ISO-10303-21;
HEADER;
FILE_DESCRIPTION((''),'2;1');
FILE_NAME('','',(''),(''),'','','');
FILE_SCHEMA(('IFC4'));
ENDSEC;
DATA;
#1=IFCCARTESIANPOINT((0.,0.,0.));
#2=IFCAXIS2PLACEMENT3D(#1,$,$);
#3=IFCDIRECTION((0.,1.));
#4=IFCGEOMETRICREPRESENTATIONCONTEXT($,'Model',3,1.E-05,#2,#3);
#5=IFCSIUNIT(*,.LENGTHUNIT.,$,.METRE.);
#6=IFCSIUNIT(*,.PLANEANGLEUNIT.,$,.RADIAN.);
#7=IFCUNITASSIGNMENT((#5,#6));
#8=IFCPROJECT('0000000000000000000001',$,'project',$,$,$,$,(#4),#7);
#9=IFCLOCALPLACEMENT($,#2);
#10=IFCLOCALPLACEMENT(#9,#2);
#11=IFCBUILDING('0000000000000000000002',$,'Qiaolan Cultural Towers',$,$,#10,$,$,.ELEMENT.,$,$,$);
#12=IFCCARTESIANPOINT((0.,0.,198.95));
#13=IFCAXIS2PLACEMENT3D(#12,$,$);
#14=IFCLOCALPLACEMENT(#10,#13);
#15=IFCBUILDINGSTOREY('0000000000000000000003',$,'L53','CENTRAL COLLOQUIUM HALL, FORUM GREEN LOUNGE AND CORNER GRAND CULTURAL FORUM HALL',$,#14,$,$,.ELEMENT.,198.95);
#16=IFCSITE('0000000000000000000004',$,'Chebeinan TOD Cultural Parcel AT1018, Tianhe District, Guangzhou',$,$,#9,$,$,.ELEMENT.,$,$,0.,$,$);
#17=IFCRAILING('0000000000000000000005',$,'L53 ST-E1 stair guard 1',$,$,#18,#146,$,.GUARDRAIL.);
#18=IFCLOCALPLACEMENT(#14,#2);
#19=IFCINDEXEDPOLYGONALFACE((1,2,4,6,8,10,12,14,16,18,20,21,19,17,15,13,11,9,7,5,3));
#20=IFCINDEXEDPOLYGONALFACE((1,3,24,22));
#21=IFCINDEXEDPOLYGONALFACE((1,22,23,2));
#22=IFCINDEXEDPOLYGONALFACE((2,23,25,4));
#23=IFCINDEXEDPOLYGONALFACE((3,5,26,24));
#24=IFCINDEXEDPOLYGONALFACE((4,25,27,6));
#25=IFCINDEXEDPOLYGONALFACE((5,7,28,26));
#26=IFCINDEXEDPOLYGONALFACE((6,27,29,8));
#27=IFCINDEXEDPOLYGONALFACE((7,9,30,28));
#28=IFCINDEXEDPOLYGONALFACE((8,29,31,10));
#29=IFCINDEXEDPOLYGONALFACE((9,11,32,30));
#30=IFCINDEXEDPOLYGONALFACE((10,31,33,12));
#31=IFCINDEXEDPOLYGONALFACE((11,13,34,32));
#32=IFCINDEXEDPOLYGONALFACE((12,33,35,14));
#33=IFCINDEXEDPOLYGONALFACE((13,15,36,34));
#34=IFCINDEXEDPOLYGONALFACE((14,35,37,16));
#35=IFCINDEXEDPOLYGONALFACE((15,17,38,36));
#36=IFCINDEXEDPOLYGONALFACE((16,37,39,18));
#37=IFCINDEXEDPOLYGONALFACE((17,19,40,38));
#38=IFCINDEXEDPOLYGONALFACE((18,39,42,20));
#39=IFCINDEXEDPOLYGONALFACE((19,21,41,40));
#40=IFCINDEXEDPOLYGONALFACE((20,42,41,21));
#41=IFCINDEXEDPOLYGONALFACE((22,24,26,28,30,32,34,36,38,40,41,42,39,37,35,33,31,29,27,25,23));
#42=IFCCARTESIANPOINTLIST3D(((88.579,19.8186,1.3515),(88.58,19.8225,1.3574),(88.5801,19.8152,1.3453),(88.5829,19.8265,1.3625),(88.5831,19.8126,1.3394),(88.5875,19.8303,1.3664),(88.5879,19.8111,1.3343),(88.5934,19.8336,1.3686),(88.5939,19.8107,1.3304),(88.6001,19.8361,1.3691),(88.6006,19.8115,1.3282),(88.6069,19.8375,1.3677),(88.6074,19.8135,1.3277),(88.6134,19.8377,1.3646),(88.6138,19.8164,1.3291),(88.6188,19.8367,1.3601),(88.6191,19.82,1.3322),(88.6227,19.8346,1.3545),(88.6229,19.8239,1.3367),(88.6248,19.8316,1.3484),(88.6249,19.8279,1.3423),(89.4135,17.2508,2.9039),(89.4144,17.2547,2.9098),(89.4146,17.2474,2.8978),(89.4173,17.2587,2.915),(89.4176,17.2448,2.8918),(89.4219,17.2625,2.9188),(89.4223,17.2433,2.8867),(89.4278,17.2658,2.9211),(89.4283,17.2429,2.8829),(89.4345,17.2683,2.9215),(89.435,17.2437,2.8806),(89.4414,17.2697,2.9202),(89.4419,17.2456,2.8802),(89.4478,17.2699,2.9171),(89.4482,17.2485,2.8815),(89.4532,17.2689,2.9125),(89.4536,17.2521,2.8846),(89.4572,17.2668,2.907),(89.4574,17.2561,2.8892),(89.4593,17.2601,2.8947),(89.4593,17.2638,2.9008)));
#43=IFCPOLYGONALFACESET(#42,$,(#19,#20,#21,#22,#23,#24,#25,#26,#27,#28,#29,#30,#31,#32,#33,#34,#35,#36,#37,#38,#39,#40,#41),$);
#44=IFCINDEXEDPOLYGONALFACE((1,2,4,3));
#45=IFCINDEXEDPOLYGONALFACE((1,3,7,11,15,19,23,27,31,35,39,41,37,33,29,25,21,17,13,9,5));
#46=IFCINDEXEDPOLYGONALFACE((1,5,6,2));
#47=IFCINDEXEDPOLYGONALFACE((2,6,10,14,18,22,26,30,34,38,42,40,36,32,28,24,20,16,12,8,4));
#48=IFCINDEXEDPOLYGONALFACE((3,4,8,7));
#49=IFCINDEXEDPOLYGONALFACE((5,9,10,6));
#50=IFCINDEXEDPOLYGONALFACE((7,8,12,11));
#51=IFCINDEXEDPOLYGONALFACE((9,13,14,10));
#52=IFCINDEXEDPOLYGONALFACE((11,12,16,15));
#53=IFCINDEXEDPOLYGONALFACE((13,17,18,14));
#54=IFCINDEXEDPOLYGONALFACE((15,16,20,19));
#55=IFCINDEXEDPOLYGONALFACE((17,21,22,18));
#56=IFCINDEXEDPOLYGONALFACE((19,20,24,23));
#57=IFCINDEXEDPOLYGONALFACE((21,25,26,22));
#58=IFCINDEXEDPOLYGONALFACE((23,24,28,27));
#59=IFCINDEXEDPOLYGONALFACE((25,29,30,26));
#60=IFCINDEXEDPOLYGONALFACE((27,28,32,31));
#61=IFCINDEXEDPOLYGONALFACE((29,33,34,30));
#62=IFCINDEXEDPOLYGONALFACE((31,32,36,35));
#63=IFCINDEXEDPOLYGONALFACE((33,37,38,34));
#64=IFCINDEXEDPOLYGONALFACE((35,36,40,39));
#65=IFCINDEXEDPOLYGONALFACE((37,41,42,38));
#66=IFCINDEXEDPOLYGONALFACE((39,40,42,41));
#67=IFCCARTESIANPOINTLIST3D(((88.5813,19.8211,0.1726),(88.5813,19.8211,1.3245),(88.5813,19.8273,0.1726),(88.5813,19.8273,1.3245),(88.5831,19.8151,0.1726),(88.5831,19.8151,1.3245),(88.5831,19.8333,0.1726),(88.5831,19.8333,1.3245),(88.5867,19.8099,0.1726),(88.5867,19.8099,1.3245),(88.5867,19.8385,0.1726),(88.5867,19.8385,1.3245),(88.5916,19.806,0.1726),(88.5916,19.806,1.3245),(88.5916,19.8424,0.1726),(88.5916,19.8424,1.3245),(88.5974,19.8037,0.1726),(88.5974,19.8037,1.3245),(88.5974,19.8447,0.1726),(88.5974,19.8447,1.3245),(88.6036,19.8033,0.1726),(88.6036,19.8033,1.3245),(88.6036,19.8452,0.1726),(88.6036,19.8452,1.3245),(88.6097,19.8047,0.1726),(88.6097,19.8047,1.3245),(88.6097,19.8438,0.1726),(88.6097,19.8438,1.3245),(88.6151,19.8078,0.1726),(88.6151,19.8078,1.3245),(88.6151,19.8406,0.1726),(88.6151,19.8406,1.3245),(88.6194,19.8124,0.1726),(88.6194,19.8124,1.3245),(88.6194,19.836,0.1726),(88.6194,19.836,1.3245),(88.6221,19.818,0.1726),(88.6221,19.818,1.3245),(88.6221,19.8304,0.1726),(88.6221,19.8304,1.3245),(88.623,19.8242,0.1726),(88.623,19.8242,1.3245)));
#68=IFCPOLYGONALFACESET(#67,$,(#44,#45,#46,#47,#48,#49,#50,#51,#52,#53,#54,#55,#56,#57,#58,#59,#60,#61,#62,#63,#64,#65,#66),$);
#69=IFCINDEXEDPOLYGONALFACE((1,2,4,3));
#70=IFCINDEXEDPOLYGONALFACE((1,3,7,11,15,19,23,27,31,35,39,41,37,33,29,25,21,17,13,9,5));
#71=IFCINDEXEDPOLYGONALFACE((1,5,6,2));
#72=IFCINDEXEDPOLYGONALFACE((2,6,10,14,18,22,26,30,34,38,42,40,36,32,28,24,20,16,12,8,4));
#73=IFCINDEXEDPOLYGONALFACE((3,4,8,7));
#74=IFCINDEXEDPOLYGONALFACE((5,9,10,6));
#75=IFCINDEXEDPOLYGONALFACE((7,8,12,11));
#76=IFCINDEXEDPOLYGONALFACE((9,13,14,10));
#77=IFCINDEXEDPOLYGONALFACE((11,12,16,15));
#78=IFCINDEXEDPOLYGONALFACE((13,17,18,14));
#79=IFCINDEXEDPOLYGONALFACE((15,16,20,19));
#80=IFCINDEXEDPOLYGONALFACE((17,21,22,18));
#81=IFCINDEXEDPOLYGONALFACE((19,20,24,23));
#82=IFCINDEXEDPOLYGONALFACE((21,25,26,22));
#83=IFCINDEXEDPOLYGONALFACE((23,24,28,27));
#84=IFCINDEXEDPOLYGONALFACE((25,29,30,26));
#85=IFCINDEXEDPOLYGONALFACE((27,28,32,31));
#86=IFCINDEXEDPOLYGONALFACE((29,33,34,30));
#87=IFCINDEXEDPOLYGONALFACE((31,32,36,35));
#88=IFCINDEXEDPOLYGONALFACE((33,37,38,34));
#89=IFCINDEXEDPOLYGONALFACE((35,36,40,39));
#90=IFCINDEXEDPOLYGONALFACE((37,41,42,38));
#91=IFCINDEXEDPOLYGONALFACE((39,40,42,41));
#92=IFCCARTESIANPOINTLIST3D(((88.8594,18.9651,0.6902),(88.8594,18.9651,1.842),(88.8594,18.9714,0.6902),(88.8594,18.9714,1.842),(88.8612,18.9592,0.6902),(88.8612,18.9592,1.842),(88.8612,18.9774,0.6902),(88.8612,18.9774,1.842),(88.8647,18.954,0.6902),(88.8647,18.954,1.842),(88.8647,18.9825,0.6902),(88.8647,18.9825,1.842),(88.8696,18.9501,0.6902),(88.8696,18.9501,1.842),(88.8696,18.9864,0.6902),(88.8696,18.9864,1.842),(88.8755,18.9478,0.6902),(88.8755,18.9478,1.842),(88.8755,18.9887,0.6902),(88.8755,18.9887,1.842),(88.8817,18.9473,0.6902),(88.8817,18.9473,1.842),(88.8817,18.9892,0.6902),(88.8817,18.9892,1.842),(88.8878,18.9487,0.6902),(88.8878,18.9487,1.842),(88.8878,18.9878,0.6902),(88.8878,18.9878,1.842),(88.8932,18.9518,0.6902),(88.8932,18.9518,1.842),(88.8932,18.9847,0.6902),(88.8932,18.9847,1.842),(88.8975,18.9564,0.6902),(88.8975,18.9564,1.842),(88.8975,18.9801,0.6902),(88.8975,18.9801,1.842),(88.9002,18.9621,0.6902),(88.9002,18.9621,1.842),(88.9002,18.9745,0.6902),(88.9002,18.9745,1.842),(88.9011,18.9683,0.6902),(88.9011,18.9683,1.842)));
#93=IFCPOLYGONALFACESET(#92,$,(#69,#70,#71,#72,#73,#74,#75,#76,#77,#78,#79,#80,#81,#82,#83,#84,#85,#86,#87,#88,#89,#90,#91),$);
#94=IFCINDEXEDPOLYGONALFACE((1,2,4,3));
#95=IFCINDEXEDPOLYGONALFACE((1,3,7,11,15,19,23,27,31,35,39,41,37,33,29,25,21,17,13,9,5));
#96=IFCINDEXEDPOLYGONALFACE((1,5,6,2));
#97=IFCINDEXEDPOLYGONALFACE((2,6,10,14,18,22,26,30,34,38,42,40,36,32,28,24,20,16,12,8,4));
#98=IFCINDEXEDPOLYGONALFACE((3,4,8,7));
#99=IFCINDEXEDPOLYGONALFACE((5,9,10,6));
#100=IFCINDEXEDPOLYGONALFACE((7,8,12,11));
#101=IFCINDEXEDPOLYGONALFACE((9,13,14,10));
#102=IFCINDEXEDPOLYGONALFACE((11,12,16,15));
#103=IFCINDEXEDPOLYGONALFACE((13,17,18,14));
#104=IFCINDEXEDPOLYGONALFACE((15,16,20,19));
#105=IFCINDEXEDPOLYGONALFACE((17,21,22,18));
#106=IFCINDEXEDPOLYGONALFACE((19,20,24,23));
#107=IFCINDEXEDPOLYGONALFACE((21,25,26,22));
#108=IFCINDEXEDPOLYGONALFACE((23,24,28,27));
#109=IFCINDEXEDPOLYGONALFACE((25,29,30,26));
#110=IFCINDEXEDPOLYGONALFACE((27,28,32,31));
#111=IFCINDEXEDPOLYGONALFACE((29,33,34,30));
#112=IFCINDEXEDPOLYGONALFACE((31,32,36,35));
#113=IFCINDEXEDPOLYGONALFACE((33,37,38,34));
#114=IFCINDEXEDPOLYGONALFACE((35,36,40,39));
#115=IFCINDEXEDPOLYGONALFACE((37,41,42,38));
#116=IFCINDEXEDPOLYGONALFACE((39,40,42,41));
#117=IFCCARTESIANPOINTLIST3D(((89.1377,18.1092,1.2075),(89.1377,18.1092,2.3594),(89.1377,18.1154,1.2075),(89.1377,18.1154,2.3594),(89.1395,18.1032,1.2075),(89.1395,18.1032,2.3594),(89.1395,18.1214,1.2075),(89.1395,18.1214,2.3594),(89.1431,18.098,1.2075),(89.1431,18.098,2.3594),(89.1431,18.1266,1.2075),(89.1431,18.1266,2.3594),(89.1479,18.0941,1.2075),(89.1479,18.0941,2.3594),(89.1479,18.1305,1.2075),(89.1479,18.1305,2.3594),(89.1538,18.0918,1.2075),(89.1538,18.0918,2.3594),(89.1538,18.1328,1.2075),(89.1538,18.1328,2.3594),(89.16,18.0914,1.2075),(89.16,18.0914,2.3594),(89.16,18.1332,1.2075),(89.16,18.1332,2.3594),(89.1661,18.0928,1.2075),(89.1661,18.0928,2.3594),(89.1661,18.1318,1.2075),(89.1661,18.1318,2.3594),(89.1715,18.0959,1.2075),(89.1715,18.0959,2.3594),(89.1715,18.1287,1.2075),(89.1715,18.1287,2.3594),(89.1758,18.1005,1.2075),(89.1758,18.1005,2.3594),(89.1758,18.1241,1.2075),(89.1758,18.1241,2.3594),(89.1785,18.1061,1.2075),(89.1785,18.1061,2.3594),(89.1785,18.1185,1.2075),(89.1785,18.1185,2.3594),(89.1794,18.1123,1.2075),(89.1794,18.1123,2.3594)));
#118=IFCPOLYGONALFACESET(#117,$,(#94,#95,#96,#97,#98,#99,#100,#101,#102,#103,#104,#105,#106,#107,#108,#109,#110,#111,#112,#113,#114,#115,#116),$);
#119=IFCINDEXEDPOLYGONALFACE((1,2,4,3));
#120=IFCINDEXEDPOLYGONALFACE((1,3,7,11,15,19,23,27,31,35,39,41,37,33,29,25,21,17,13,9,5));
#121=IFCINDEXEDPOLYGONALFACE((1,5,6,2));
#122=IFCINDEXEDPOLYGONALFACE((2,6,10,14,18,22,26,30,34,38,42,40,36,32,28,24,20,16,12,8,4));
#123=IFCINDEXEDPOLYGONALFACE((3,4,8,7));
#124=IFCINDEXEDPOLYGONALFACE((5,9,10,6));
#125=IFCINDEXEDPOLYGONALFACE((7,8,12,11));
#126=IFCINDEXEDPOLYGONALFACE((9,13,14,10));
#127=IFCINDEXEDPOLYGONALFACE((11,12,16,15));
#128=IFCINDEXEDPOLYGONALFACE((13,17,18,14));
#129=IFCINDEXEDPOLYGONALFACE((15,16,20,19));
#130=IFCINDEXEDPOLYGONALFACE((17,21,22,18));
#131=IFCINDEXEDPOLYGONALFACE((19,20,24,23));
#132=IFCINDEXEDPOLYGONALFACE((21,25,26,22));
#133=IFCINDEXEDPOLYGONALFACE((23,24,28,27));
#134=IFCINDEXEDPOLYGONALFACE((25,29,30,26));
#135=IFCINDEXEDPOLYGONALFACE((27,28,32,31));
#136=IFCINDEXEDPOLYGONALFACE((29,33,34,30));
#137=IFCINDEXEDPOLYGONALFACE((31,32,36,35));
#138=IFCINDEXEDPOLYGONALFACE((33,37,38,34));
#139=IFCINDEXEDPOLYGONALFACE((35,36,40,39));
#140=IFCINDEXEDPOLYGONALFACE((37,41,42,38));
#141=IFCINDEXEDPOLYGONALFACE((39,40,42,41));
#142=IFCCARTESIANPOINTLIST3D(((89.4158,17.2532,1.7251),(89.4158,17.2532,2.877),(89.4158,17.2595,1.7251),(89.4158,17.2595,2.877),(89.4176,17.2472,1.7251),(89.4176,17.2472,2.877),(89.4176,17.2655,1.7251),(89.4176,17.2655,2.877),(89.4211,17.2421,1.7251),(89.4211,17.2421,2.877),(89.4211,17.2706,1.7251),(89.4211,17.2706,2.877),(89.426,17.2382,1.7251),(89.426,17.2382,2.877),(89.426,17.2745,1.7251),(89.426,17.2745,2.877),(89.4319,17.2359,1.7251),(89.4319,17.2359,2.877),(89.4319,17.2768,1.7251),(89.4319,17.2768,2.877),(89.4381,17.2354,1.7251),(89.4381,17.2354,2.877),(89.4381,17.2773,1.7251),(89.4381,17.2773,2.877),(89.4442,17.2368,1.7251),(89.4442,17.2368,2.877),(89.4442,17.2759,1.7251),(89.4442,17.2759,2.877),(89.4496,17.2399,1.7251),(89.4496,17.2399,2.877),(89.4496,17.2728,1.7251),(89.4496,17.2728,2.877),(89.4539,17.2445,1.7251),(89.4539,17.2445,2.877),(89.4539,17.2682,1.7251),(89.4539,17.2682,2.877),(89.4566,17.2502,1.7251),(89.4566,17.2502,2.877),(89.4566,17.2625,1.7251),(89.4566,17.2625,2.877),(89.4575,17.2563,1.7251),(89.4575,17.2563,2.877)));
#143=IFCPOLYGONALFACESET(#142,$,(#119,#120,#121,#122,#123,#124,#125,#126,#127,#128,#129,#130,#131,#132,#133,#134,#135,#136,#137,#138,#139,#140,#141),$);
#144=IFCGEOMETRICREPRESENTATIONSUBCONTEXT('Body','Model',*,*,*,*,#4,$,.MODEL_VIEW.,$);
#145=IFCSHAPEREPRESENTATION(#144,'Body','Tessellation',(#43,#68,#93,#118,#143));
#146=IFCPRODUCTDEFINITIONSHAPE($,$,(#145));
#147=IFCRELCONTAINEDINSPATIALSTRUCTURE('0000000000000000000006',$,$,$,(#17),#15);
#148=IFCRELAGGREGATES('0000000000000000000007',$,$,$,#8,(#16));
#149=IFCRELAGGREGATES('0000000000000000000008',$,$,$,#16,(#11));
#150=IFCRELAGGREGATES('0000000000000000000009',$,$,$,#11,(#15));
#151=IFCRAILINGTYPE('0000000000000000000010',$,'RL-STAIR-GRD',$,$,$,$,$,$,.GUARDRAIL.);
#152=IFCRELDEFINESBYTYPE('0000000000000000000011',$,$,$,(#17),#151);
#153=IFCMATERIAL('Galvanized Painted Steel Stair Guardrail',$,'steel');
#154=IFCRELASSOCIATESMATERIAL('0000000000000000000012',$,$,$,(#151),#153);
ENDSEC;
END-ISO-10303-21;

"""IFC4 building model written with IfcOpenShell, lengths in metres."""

from ifc_helpers import new_model, si_unit, direction, frame, origin, origin_2d, place, context, subcontext, project, spatial, circle, extrude, material, type_object, element, save


model = new_model("IFC4")

# Units and contexts
model_context = context("Model", 3, precision=1e-05, world=origin(), true_north=direction((0.0, 1.0)))
body_context = subcontext(model_context, "Body", "Model", "MODEL_VIEW")
ifc_project = project(units=[si_unit("LENGTHUNIT", "METRE"), si_unit("PLANEANGLEUNIT", "RADIAN")], contexts=[model_context])

# Site, building, storey
site_placement = place(None, origin())
site = spatial("IfcSite", under=ifc_project, at=site_placement, Name="Chebeinan TOD Cultural Parcel AT1018, Tianhe District, Guangzhou", CompositionType="ELEMENT", RefElevation=0.0)
building_placement = place(site_placement, origin())
building = spatial("IfcBuilding", under=site, at=building_placement, Name="Qiaolan Cultural Towers", CompositionType="ELEMENT")
storey_placement = place(building_placement, frame((0.0, 0.0, 198.95)))
storey = spatial("IfcBuildingStorey", under=building, at=storey_placement, Name="L53", Description="CENTRAL COLLOQUIUM HALL, FORUM GREEN LOUNGE AND CORNER GRAND CULTURAL FORUM HALL", CompositionType="ELEMENT", Elevation=198.95)

# Railing
ifc_material_1 = material(Name="Galvanized Painted Steel Stair Guardrail", Category="steel")
railing_type_1 = type_object("IfcRailingType", Name="RL-STAIR-GRD", PredefinedType="GUARDRAIL", material=ifc_material_1)
railing_1_placement = place(storey_placement, frame((88.6021, 19.8242, 0.1726)))
element("IfcRailing", 1, at=railing_1_placement, inside=storey, type_object=railing_type_1, Name="L53 ST-E1 stair guard 1", PredefinedType="GUARDRAIL", context=body_context, shape_type="SweptSolid", body=[
    extrude(circle(Radius=0.0239, at=origin_2d()), frame((0.0, 0.0, 1.1758), z_axis=(0.267926, -0.824471, 0.498461), x_axis=(0.951043, 0.309057, 0.0)), (0.0, 0.0, 1.0), 3.1145),
    extrude(circle(Radius=0.021, at=origin_2d()), origin(), (0.0, 0.0, 1.0), 1.1519),
    extrude(circle(Radius=0.021, at=origin_2d()), frame((0.2781, -0.856, 0.5176)), (0.0, 0.0, 1.0), 1.1519),
    extrude(circle(Radius=0.021, at=origin_2d()), frame((0.5564, -1.7119, 1.0349)), (0.0, 0.0, 1.0), 1.1519),
    extrude(circle(Radius=0.021, at=origin_2d()), frame((0.8345, -2.5679, 1.5525)), (0.0, 0.0, 1.0), 1.1519),
])

save(model, "model.ifc")
